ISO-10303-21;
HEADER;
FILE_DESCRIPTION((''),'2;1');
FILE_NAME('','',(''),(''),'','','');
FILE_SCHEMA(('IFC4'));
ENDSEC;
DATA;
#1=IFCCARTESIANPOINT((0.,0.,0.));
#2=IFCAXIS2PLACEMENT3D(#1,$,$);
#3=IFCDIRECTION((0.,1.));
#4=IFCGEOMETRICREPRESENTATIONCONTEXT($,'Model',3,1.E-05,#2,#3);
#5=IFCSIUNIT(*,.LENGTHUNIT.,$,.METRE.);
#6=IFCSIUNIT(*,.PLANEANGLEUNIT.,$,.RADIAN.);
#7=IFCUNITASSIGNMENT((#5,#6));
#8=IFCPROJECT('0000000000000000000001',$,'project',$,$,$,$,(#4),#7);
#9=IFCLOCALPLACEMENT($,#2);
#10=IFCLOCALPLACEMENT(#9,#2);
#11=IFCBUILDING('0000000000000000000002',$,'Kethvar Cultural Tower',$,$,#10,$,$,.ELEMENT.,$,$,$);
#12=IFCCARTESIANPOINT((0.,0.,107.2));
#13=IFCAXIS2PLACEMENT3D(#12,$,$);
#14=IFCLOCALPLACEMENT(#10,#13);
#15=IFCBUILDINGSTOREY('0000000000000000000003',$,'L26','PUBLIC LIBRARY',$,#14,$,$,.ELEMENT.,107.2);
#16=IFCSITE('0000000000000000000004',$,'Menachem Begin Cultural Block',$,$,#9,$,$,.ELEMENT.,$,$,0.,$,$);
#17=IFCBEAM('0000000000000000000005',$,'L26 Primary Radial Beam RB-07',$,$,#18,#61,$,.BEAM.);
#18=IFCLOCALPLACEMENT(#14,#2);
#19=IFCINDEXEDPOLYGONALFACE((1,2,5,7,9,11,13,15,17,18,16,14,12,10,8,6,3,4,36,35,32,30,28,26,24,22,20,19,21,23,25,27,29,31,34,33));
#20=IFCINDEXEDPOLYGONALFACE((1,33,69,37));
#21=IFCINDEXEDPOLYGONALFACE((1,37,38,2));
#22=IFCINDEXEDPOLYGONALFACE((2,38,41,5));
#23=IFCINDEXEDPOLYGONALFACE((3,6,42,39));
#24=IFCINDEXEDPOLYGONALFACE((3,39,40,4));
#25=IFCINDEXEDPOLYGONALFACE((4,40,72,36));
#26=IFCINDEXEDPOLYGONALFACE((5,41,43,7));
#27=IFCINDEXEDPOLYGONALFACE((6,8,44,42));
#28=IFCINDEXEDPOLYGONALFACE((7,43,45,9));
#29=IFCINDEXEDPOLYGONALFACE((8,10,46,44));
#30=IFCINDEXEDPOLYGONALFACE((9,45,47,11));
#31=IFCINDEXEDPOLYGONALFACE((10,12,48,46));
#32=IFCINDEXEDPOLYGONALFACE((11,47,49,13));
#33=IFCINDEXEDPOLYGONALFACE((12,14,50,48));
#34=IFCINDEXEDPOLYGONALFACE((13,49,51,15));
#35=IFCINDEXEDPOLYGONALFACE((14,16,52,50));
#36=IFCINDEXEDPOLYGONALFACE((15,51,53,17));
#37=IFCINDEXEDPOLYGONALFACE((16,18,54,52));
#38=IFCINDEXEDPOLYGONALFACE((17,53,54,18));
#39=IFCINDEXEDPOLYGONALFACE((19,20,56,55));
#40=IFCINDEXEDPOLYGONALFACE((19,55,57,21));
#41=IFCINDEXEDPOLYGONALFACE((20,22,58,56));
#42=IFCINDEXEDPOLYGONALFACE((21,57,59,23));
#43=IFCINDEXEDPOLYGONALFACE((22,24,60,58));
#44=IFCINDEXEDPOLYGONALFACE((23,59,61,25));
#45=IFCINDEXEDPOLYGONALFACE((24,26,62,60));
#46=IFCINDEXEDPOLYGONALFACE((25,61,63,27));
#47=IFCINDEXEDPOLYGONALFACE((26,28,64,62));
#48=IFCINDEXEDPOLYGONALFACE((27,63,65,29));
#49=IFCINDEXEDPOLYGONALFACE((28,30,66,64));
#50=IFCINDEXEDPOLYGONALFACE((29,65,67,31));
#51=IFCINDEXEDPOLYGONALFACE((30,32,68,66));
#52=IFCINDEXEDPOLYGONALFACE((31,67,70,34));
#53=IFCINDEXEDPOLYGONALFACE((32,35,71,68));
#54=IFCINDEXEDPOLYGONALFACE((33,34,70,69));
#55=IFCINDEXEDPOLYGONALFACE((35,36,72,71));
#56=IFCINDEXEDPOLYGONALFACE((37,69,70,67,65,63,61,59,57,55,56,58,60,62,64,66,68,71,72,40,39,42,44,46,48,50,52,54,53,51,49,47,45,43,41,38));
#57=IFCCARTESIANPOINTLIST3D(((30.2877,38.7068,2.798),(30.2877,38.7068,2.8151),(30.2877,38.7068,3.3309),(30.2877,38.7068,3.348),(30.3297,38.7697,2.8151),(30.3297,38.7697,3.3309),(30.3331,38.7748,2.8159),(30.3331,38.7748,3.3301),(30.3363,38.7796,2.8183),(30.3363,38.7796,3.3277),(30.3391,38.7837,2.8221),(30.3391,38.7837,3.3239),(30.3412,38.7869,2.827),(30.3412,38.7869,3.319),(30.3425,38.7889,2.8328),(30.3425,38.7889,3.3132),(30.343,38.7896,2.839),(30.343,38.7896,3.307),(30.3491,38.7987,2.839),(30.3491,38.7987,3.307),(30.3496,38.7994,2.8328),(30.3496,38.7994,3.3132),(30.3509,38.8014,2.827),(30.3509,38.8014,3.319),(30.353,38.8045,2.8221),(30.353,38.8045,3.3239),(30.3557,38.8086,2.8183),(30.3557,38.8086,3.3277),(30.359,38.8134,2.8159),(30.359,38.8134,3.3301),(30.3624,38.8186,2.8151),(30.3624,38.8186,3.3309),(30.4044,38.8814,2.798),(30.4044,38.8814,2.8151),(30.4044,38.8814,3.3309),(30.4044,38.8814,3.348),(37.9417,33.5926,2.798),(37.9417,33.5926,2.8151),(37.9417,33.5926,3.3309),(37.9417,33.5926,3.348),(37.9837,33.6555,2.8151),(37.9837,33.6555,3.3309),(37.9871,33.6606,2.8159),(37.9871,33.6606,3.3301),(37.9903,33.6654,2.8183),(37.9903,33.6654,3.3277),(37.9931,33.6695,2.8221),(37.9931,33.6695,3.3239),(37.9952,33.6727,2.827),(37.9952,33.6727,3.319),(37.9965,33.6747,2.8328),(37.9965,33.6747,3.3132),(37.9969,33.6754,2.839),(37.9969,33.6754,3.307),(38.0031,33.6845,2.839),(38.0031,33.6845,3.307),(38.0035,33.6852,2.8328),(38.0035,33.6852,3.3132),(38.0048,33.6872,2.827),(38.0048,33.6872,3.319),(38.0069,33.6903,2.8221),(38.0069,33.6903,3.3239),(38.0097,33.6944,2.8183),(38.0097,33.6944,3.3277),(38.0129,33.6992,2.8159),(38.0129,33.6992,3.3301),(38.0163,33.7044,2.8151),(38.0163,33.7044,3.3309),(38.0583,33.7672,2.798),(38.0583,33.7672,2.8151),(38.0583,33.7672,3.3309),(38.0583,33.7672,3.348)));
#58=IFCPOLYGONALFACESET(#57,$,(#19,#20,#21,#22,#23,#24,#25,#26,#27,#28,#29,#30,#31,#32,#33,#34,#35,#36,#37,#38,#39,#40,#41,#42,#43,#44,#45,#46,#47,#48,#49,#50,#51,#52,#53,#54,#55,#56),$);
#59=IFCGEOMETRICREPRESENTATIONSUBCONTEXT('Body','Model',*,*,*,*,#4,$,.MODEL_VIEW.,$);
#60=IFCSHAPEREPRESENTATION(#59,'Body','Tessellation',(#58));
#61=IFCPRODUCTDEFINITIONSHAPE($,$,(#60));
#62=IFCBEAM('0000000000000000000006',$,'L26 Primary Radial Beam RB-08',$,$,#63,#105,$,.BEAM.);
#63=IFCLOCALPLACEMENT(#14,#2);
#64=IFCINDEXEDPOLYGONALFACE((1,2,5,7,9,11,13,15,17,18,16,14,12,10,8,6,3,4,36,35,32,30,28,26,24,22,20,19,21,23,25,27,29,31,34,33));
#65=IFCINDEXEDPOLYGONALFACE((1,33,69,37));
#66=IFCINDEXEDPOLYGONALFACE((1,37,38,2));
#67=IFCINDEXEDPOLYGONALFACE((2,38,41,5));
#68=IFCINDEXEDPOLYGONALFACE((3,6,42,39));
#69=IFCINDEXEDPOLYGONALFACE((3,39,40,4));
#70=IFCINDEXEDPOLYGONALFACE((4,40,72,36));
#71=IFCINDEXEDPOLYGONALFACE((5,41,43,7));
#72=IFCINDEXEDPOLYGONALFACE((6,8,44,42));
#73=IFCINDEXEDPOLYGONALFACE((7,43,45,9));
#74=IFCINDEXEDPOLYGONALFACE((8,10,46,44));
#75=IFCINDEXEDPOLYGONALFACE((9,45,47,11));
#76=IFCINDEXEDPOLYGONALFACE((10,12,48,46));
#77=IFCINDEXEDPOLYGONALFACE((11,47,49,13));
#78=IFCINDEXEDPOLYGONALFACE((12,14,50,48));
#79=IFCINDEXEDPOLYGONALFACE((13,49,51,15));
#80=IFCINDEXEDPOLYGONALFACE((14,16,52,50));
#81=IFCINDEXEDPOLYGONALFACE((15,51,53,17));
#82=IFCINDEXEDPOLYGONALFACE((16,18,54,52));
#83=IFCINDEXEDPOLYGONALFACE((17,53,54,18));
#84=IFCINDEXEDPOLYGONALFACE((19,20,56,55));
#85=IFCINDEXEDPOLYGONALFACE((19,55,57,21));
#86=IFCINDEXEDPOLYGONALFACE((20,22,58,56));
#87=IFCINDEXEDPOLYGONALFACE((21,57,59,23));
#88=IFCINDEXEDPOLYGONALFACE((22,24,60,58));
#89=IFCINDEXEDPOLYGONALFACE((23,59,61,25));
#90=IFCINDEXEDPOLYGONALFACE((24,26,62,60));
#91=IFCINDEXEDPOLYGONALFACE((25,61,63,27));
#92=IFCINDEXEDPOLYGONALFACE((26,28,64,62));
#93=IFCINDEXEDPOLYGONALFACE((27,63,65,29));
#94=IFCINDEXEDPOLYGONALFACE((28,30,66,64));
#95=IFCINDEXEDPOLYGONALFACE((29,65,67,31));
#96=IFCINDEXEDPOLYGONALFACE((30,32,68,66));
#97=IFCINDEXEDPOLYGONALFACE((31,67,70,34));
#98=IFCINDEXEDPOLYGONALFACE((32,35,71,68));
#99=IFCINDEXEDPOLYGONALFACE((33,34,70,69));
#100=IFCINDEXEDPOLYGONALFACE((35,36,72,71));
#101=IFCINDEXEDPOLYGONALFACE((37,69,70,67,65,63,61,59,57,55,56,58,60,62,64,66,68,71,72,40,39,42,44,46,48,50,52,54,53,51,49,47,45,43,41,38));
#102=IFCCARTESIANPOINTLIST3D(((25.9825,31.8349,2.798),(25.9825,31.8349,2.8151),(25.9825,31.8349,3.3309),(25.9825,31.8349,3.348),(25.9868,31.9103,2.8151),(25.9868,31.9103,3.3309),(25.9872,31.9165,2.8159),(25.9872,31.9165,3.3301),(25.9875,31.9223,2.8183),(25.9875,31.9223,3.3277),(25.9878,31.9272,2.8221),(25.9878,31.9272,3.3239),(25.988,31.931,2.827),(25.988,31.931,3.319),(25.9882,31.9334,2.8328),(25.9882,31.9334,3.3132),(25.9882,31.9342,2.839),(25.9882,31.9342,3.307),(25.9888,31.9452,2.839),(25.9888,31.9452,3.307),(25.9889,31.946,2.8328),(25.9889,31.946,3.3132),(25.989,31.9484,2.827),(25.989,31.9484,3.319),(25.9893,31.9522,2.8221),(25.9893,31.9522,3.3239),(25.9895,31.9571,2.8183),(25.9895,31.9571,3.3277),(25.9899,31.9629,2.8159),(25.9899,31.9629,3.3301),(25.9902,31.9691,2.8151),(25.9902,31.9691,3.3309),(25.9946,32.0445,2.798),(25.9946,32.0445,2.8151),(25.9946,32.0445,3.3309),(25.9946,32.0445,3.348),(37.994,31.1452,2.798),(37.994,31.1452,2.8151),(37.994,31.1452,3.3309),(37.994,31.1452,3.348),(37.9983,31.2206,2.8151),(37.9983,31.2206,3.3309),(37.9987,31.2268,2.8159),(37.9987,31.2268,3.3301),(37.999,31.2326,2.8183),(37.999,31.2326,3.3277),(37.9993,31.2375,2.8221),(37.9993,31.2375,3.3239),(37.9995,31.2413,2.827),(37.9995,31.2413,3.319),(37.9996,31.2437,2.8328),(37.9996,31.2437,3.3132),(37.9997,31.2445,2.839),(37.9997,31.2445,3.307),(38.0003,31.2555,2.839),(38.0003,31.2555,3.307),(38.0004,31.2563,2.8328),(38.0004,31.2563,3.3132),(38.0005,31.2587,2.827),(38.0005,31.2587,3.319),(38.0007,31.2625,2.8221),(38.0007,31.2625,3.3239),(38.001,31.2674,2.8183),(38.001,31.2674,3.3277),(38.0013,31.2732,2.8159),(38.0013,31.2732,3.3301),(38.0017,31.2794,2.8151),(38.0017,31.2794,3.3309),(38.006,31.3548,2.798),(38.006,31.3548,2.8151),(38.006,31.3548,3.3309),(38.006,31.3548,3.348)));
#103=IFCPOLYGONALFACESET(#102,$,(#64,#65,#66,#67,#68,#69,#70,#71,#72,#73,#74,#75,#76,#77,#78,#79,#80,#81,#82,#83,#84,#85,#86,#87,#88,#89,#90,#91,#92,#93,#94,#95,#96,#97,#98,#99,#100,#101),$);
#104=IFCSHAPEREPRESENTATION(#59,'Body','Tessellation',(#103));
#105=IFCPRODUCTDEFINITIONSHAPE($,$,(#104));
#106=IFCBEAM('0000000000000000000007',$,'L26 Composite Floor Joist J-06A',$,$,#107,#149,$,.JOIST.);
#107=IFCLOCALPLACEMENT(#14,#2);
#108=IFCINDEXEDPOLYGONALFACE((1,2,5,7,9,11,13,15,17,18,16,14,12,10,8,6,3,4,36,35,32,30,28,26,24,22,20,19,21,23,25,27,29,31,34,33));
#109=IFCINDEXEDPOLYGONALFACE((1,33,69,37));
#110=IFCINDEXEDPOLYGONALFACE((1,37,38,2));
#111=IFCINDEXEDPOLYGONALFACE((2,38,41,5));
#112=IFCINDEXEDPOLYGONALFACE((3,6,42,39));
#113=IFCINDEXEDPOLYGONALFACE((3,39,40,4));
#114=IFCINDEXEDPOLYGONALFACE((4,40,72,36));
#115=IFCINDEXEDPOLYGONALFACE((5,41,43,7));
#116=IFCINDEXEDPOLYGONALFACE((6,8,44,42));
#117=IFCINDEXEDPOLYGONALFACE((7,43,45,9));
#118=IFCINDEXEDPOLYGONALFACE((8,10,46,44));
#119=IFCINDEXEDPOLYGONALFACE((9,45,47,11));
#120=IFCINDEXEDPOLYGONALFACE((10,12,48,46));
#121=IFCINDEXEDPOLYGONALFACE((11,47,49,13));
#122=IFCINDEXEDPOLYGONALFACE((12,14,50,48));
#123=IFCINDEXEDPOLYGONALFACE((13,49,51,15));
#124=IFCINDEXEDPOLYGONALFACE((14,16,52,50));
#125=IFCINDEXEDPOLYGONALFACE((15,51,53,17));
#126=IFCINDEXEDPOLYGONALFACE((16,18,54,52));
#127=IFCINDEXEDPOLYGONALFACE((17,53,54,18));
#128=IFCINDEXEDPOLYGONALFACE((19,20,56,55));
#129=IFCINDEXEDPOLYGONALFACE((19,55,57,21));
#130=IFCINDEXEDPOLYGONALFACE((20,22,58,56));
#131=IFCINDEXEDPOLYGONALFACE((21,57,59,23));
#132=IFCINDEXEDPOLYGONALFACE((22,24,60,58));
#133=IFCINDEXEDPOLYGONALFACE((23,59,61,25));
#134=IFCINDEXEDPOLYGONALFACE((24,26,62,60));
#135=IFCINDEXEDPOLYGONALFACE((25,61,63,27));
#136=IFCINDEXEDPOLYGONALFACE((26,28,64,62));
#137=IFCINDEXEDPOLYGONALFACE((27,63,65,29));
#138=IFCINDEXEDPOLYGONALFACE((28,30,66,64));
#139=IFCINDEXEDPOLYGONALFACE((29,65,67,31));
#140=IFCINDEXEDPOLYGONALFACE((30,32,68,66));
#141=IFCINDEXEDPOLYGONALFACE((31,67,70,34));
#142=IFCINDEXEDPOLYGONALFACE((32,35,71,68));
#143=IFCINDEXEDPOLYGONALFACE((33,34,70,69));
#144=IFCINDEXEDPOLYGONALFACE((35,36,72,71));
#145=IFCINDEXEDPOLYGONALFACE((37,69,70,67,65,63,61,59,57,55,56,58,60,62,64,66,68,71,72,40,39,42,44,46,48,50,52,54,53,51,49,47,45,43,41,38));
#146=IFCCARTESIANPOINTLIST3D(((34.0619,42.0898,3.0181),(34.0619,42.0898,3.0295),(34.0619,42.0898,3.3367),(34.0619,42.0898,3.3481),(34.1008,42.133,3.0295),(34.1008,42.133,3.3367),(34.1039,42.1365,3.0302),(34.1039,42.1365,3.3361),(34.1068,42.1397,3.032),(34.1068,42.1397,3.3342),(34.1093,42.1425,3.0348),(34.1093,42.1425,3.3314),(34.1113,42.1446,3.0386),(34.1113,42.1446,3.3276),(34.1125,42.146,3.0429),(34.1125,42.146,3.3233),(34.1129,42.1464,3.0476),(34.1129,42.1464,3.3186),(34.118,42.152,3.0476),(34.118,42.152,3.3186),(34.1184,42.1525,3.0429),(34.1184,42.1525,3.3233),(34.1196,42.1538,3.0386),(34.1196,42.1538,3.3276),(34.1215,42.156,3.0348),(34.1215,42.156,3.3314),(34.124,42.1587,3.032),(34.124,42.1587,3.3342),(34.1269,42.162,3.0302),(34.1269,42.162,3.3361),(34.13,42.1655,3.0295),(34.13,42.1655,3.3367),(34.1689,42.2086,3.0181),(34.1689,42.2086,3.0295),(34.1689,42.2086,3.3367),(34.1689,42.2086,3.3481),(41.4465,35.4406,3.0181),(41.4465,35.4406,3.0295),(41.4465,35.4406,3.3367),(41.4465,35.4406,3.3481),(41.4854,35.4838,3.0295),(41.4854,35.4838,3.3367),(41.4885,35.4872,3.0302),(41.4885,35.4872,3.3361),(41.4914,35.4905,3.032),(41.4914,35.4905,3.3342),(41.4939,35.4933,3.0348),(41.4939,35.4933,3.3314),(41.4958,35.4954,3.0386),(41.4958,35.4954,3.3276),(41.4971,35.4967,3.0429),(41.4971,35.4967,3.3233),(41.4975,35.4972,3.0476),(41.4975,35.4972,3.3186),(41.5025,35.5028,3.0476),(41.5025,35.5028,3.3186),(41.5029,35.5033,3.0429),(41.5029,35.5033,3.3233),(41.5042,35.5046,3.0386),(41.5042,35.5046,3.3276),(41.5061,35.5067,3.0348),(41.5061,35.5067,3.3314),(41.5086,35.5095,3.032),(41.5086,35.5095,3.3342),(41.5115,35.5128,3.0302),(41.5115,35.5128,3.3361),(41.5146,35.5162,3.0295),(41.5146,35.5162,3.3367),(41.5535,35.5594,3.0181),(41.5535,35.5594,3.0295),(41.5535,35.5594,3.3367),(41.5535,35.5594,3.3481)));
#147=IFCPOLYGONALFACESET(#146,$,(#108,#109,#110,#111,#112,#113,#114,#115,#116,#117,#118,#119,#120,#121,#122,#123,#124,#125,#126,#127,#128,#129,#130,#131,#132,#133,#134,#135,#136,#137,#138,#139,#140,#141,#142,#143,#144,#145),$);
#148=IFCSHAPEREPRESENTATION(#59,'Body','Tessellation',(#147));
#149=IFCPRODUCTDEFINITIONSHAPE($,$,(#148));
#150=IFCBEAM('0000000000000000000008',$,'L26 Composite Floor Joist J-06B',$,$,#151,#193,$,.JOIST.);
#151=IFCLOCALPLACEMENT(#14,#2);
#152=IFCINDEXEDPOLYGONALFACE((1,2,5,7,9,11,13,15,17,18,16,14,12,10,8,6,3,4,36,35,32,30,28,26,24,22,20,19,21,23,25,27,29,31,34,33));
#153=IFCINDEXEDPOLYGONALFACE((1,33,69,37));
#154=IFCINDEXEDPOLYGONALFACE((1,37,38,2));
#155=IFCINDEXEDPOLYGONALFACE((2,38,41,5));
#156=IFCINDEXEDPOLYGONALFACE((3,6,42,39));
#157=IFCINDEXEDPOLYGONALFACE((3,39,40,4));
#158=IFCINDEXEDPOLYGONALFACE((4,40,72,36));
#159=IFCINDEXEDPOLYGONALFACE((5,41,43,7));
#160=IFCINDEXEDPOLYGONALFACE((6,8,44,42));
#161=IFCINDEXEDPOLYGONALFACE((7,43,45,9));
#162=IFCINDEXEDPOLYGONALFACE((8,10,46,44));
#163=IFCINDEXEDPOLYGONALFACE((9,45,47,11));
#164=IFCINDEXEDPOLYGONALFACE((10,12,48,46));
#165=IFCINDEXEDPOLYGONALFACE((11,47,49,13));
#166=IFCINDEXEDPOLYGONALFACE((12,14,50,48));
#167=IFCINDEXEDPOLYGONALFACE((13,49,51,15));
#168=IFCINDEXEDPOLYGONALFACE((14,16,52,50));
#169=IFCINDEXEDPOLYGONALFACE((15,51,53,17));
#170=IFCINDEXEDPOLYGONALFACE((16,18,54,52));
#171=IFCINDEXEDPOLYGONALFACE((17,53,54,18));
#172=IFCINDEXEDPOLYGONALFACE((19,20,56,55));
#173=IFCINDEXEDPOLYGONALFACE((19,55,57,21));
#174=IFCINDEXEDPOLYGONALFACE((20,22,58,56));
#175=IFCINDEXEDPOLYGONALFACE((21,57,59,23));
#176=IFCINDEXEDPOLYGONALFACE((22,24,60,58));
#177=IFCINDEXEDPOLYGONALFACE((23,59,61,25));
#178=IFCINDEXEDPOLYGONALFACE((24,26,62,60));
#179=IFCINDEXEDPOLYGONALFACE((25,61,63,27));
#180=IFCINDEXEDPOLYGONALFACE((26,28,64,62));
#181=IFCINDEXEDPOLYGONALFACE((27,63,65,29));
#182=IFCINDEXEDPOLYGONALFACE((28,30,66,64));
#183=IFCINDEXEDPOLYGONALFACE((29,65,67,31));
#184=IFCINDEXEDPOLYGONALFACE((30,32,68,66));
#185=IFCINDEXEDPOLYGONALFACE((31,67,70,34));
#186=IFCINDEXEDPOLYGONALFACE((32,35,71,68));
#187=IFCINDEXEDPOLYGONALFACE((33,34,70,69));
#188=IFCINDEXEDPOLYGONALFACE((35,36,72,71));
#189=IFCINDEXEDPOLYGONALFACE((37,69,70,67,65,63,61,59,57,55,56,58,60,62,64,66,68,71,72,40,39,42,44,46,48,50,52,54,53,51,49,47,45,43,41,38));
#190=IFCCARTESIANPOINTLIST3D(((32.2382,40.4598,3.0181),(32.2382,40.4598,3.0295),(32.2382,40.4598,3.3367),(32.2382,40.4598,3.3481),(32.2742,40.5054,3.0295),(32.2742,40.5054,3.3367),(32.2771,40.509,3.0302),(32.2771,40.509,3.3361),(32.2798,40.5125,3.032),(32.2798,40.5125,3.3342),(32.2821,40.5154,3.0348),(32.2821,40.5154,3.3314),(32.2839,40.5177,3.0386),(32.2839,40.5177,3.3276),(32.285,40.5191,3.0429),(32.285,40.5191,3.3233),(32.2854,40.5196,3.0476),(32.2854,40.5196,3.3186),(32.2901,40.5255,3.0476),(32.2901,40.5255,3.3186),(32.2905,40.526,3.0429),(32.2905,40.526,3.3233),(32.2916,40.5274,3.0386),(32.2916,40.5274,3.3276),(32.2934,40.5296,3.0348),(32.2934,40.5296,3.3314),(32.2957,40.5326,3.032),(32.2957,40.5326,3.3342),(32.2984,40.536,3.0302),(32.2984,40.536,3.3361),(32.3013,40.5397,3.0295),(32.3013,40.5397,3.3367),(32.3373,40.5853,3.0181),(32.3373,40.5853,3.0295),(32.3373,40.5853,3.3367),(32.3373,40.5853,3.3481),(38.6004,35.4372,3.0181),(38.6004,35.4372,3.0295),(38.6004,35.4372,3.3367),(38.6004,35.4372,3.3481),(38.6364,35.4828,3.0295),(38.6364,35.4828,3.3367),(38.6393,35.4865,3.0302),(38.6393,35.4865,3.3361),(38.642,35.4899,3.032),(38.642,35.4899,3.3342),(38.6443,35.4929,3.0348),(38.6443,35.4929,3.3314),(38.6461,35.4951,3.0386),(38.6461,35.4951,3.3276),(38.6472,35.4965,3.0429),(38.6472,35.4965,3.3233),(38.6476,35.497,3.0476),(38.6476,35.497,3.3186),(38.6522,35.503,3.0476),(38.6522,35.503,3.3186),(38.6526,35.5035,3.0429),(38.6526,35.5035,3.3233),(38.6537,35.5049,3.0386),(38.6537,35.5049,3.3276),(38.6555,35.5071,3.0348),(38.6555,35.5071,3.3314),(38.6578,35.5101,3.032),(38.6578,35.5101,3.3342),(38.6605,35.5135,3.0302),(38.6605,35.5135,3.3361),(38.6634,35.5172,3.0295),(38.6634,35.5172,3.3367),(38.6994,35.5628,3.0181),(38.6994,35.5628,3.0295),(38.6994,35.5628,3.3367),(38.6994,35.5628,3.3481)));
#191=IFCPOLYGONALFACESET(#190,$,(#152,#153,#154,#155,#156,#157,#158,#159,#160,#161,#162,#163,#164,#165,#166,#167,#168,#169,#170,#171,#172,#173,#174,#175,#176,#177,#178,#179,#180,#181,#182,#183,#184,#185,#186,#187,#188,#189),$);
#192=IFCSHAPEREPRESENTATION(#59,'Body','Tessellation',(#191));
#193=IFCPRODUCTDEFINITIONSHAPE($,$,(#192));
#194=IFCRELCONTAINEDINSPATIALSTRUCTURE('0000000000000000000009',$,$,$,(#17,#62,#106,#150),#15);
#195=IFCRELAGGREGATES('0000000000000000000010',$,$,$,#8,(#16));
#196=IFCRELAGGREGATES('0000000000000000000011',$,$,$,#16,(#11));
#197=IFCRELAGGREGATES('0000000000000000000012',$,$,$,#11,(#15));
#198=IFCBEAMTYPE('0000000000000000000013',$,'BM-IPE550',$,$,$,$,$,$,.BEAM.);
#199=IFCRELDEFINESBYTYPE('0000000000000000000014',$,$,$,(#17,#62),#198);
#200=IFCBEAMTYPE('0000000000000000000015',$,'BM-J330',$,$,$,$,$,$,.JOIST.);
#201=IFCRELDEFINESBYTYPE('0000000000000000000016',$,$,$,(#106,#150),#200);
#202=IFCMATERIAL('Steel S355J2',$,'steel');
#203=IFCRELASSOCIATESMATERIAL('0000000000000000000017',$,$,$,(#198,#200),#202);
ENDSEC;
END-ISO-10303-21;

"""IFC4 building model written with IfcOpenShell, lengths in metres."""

from ifc_helpers import new_model, si_unit, direction, frame, origin, origin_2d, place, context, subcontext, project, spatial, i_section, extrude, source, transform, mapped, material, material_profile, profile_set, type_object, element, save


model = new_model("IFC4")

# Units and contexts
model_context = context("Model", 3, precision=1e-05, world=origin(), true_north=direction((0.0, 1.0)))
body_context = subcontext(model_context, "Body", "Model", "MODEL_VIEW")
ifc_project = project(units=[si_unit("LENGTHUNIT", "METRE"), si_unit("PLANEANGLEUNIT", "RADIAN")], contexts=[model_context])

# Site, building, storey
site_placement = place(None, origin())
site = spatial("IfcSite", under=ifc_project, at=site_placement, Name="Menachem Begin Cultural Block", CompositionType="ELEMENT", RefElevation=0.0)
building_placement = place(site_placement, origin())
building = spatial("IfcBuilding", under=site, at=building_placement, Name="Kethvar Cultural Tower", CompositionType="ELEMENT")
storey_placement = place(building_placement, frame((0.0, 0.0, 107.2)))
storey = spatial("IfcBuildingStorey", under=building, at=storey_placement, Name="L26", Description="PUBLIC LIBRARY", CompositionType="ELEMENT", Elevation=107.2)

# Beams
ifc_material_1 = material(Name="Steel S355J2", Category="steel")
ifc_material_profile_1 = material_profile(ifc_material_1, i_section(OverallWidth=0.21, OverallDepth=0.55, WebThickness=0.011, FlangeThickness=0.0171, FilletRadius=0.0239, at=origin_2d()), Name="Steel S355J2 — IPE550")
ifc_profile_set_1 = profile_set([ifc_material_profile_1], Name="Steel S355J2 — IPE550")
beam_type_1 = type_object("IfcBeamType", Name="BM-IPE550", PredefinedType="BEAM", material=ifc_profile_set_1)
shared_shape_1 = source(origin(), body_context, "Body", "SweptSolid", [
    extrude(i_section(OverallWidth=0.21, OverallDepth=0.55, WebThickness=0.011, FlangeThickness=0.0171, FilletRadius=0.0239, at=origin_2d()), origin(), (0.0, 0.0, 1.0), 9.2053),
])
beam_1_placement = place(storey_placement, frame((38.0, 33.6799, 3.073), z_axis=(-0.83147, 0.555569, 0.0), x_axis=(-0.555569, -0.83147, 0.0)))
element("IfcBeam", 1, at=beam_1_placement, inside=storey, type_object=beam_type_1, Name="L26 Primary Radial Beam RB-07", PredefinedType="BEAM", context=body_context, shape_type="MappedRepresentation", body=[
    mapped(shared_shape_1, transform((0.0, 0.0, 0.0), scale=1.0)),
])
shared_shape_2 = source(origin(), body_context, "Body", "SweptSolid", [
    extrude(i_section(OverallWidth=0.21, OverallDepth=0.55, WebThickness=0.011, FlangeThickness=0.0171, FilletRadius=0.0239, at=origin_2d()), origin(), (0.0, 0.0, 1.0), 12.0312),
])
beam_2_placement = place(storey_placement, frame((38.0, 31.25, 3.073), z_axis=(-0.998356, 0.057325, 0.0), x_axis=(-0.057325, -0.998356, 0.0)))
element("IfcBeam", 2, at=beam_2_placement, inside=storey, type_object=beam_type_1, Name="L26 Primary Radial Beam RB-08", PredefinedType="BEAM", context=body_context, shape_type="MappedRepresentation", body=[
    mapped(shared_shape_2, transform((0.0, 0.0, 0.0), scale=1.0)),
])
ifc_material_profile_2 = material_profile(ifc_material_1, i_section(OverallWidth=0.1599, OverallDepth=0.3301, WebThickness=0.0076, FlangeThickness=0.0115, FilletRadius=0.0181, at=origin_2d()), Name="Steel S355J2 — IPE330")
ifc_profile_set_2 = profile_set([ifc_material_profile_2], Name="Steel S355J2 — IPE330")
beam_type_2 = type_object("IfcBeamType", Name="BM-J330", PredefinedType="JOIST", material=ifc_profile_set_2)
shared_shape_3 = source(origin(), body_context, "Body", "SweptSolid", [
    extrude(i_section(OverallWidth=0.1599, OverallDepth=0.3301, WebThickness=0.0076, FlangeThickness=0.0115, FilletRadius=0.0181, at=origin_2d()), origin(), (0.0, 0.0, 1.0), 9.937),
])
beam_3_placement = place(storey_placement, frame((41.5, 35.5, 3.1831), z_axis=(-0.743139, 0.669137, 0.0), x_axis=(-0.669137, -0.743139, 0.0)))
element("IfcBeam", 3, at=beam_3_placement, inside=storey, type_object=beam_type_2, Name="L26 Composite Floor Joist J-06A", PredefinedType="JOIST", context=body_context, shape_type="MappedRepresentation", body=[
    mapped(shared_shape_3, transform((0.0, 0.0, 0.0), scale=1.0)),
])
shared_shape_4 = source(origin(), body_context, "Body", "SweptSolid", [
    extrude(i_section(OverallWidth=0.1599, OverallDepth=0.3301, WebThickness=0.0076, FlangeThickness=0.0115, FilletRadius=0.0181, at=origin_2d()), origin(), (0.0, 0.0, 1.0), 8.1057),
])
beam_4_placement = place(storey_placement, frame((38.6499, 35.5, 3.1831), z_axis=(-0.784896, 0.619628, 0.0), x_axis=(-0.619628, -0.784896, 0.0)))
element("IfcBeam", 4, at=beam_4_placement, inside=storey, type_object=beam_type_2, Name="L26 Composite Floor Joist J-06B", PredefinedType="JOIST", context=body_context, shape_type="MappedRepresentation", body=[
    mapped(shared_shape_4, transform((0.0, 0.0, 0.0), scale=1.0)),
])

save(model, "model.ifc")
